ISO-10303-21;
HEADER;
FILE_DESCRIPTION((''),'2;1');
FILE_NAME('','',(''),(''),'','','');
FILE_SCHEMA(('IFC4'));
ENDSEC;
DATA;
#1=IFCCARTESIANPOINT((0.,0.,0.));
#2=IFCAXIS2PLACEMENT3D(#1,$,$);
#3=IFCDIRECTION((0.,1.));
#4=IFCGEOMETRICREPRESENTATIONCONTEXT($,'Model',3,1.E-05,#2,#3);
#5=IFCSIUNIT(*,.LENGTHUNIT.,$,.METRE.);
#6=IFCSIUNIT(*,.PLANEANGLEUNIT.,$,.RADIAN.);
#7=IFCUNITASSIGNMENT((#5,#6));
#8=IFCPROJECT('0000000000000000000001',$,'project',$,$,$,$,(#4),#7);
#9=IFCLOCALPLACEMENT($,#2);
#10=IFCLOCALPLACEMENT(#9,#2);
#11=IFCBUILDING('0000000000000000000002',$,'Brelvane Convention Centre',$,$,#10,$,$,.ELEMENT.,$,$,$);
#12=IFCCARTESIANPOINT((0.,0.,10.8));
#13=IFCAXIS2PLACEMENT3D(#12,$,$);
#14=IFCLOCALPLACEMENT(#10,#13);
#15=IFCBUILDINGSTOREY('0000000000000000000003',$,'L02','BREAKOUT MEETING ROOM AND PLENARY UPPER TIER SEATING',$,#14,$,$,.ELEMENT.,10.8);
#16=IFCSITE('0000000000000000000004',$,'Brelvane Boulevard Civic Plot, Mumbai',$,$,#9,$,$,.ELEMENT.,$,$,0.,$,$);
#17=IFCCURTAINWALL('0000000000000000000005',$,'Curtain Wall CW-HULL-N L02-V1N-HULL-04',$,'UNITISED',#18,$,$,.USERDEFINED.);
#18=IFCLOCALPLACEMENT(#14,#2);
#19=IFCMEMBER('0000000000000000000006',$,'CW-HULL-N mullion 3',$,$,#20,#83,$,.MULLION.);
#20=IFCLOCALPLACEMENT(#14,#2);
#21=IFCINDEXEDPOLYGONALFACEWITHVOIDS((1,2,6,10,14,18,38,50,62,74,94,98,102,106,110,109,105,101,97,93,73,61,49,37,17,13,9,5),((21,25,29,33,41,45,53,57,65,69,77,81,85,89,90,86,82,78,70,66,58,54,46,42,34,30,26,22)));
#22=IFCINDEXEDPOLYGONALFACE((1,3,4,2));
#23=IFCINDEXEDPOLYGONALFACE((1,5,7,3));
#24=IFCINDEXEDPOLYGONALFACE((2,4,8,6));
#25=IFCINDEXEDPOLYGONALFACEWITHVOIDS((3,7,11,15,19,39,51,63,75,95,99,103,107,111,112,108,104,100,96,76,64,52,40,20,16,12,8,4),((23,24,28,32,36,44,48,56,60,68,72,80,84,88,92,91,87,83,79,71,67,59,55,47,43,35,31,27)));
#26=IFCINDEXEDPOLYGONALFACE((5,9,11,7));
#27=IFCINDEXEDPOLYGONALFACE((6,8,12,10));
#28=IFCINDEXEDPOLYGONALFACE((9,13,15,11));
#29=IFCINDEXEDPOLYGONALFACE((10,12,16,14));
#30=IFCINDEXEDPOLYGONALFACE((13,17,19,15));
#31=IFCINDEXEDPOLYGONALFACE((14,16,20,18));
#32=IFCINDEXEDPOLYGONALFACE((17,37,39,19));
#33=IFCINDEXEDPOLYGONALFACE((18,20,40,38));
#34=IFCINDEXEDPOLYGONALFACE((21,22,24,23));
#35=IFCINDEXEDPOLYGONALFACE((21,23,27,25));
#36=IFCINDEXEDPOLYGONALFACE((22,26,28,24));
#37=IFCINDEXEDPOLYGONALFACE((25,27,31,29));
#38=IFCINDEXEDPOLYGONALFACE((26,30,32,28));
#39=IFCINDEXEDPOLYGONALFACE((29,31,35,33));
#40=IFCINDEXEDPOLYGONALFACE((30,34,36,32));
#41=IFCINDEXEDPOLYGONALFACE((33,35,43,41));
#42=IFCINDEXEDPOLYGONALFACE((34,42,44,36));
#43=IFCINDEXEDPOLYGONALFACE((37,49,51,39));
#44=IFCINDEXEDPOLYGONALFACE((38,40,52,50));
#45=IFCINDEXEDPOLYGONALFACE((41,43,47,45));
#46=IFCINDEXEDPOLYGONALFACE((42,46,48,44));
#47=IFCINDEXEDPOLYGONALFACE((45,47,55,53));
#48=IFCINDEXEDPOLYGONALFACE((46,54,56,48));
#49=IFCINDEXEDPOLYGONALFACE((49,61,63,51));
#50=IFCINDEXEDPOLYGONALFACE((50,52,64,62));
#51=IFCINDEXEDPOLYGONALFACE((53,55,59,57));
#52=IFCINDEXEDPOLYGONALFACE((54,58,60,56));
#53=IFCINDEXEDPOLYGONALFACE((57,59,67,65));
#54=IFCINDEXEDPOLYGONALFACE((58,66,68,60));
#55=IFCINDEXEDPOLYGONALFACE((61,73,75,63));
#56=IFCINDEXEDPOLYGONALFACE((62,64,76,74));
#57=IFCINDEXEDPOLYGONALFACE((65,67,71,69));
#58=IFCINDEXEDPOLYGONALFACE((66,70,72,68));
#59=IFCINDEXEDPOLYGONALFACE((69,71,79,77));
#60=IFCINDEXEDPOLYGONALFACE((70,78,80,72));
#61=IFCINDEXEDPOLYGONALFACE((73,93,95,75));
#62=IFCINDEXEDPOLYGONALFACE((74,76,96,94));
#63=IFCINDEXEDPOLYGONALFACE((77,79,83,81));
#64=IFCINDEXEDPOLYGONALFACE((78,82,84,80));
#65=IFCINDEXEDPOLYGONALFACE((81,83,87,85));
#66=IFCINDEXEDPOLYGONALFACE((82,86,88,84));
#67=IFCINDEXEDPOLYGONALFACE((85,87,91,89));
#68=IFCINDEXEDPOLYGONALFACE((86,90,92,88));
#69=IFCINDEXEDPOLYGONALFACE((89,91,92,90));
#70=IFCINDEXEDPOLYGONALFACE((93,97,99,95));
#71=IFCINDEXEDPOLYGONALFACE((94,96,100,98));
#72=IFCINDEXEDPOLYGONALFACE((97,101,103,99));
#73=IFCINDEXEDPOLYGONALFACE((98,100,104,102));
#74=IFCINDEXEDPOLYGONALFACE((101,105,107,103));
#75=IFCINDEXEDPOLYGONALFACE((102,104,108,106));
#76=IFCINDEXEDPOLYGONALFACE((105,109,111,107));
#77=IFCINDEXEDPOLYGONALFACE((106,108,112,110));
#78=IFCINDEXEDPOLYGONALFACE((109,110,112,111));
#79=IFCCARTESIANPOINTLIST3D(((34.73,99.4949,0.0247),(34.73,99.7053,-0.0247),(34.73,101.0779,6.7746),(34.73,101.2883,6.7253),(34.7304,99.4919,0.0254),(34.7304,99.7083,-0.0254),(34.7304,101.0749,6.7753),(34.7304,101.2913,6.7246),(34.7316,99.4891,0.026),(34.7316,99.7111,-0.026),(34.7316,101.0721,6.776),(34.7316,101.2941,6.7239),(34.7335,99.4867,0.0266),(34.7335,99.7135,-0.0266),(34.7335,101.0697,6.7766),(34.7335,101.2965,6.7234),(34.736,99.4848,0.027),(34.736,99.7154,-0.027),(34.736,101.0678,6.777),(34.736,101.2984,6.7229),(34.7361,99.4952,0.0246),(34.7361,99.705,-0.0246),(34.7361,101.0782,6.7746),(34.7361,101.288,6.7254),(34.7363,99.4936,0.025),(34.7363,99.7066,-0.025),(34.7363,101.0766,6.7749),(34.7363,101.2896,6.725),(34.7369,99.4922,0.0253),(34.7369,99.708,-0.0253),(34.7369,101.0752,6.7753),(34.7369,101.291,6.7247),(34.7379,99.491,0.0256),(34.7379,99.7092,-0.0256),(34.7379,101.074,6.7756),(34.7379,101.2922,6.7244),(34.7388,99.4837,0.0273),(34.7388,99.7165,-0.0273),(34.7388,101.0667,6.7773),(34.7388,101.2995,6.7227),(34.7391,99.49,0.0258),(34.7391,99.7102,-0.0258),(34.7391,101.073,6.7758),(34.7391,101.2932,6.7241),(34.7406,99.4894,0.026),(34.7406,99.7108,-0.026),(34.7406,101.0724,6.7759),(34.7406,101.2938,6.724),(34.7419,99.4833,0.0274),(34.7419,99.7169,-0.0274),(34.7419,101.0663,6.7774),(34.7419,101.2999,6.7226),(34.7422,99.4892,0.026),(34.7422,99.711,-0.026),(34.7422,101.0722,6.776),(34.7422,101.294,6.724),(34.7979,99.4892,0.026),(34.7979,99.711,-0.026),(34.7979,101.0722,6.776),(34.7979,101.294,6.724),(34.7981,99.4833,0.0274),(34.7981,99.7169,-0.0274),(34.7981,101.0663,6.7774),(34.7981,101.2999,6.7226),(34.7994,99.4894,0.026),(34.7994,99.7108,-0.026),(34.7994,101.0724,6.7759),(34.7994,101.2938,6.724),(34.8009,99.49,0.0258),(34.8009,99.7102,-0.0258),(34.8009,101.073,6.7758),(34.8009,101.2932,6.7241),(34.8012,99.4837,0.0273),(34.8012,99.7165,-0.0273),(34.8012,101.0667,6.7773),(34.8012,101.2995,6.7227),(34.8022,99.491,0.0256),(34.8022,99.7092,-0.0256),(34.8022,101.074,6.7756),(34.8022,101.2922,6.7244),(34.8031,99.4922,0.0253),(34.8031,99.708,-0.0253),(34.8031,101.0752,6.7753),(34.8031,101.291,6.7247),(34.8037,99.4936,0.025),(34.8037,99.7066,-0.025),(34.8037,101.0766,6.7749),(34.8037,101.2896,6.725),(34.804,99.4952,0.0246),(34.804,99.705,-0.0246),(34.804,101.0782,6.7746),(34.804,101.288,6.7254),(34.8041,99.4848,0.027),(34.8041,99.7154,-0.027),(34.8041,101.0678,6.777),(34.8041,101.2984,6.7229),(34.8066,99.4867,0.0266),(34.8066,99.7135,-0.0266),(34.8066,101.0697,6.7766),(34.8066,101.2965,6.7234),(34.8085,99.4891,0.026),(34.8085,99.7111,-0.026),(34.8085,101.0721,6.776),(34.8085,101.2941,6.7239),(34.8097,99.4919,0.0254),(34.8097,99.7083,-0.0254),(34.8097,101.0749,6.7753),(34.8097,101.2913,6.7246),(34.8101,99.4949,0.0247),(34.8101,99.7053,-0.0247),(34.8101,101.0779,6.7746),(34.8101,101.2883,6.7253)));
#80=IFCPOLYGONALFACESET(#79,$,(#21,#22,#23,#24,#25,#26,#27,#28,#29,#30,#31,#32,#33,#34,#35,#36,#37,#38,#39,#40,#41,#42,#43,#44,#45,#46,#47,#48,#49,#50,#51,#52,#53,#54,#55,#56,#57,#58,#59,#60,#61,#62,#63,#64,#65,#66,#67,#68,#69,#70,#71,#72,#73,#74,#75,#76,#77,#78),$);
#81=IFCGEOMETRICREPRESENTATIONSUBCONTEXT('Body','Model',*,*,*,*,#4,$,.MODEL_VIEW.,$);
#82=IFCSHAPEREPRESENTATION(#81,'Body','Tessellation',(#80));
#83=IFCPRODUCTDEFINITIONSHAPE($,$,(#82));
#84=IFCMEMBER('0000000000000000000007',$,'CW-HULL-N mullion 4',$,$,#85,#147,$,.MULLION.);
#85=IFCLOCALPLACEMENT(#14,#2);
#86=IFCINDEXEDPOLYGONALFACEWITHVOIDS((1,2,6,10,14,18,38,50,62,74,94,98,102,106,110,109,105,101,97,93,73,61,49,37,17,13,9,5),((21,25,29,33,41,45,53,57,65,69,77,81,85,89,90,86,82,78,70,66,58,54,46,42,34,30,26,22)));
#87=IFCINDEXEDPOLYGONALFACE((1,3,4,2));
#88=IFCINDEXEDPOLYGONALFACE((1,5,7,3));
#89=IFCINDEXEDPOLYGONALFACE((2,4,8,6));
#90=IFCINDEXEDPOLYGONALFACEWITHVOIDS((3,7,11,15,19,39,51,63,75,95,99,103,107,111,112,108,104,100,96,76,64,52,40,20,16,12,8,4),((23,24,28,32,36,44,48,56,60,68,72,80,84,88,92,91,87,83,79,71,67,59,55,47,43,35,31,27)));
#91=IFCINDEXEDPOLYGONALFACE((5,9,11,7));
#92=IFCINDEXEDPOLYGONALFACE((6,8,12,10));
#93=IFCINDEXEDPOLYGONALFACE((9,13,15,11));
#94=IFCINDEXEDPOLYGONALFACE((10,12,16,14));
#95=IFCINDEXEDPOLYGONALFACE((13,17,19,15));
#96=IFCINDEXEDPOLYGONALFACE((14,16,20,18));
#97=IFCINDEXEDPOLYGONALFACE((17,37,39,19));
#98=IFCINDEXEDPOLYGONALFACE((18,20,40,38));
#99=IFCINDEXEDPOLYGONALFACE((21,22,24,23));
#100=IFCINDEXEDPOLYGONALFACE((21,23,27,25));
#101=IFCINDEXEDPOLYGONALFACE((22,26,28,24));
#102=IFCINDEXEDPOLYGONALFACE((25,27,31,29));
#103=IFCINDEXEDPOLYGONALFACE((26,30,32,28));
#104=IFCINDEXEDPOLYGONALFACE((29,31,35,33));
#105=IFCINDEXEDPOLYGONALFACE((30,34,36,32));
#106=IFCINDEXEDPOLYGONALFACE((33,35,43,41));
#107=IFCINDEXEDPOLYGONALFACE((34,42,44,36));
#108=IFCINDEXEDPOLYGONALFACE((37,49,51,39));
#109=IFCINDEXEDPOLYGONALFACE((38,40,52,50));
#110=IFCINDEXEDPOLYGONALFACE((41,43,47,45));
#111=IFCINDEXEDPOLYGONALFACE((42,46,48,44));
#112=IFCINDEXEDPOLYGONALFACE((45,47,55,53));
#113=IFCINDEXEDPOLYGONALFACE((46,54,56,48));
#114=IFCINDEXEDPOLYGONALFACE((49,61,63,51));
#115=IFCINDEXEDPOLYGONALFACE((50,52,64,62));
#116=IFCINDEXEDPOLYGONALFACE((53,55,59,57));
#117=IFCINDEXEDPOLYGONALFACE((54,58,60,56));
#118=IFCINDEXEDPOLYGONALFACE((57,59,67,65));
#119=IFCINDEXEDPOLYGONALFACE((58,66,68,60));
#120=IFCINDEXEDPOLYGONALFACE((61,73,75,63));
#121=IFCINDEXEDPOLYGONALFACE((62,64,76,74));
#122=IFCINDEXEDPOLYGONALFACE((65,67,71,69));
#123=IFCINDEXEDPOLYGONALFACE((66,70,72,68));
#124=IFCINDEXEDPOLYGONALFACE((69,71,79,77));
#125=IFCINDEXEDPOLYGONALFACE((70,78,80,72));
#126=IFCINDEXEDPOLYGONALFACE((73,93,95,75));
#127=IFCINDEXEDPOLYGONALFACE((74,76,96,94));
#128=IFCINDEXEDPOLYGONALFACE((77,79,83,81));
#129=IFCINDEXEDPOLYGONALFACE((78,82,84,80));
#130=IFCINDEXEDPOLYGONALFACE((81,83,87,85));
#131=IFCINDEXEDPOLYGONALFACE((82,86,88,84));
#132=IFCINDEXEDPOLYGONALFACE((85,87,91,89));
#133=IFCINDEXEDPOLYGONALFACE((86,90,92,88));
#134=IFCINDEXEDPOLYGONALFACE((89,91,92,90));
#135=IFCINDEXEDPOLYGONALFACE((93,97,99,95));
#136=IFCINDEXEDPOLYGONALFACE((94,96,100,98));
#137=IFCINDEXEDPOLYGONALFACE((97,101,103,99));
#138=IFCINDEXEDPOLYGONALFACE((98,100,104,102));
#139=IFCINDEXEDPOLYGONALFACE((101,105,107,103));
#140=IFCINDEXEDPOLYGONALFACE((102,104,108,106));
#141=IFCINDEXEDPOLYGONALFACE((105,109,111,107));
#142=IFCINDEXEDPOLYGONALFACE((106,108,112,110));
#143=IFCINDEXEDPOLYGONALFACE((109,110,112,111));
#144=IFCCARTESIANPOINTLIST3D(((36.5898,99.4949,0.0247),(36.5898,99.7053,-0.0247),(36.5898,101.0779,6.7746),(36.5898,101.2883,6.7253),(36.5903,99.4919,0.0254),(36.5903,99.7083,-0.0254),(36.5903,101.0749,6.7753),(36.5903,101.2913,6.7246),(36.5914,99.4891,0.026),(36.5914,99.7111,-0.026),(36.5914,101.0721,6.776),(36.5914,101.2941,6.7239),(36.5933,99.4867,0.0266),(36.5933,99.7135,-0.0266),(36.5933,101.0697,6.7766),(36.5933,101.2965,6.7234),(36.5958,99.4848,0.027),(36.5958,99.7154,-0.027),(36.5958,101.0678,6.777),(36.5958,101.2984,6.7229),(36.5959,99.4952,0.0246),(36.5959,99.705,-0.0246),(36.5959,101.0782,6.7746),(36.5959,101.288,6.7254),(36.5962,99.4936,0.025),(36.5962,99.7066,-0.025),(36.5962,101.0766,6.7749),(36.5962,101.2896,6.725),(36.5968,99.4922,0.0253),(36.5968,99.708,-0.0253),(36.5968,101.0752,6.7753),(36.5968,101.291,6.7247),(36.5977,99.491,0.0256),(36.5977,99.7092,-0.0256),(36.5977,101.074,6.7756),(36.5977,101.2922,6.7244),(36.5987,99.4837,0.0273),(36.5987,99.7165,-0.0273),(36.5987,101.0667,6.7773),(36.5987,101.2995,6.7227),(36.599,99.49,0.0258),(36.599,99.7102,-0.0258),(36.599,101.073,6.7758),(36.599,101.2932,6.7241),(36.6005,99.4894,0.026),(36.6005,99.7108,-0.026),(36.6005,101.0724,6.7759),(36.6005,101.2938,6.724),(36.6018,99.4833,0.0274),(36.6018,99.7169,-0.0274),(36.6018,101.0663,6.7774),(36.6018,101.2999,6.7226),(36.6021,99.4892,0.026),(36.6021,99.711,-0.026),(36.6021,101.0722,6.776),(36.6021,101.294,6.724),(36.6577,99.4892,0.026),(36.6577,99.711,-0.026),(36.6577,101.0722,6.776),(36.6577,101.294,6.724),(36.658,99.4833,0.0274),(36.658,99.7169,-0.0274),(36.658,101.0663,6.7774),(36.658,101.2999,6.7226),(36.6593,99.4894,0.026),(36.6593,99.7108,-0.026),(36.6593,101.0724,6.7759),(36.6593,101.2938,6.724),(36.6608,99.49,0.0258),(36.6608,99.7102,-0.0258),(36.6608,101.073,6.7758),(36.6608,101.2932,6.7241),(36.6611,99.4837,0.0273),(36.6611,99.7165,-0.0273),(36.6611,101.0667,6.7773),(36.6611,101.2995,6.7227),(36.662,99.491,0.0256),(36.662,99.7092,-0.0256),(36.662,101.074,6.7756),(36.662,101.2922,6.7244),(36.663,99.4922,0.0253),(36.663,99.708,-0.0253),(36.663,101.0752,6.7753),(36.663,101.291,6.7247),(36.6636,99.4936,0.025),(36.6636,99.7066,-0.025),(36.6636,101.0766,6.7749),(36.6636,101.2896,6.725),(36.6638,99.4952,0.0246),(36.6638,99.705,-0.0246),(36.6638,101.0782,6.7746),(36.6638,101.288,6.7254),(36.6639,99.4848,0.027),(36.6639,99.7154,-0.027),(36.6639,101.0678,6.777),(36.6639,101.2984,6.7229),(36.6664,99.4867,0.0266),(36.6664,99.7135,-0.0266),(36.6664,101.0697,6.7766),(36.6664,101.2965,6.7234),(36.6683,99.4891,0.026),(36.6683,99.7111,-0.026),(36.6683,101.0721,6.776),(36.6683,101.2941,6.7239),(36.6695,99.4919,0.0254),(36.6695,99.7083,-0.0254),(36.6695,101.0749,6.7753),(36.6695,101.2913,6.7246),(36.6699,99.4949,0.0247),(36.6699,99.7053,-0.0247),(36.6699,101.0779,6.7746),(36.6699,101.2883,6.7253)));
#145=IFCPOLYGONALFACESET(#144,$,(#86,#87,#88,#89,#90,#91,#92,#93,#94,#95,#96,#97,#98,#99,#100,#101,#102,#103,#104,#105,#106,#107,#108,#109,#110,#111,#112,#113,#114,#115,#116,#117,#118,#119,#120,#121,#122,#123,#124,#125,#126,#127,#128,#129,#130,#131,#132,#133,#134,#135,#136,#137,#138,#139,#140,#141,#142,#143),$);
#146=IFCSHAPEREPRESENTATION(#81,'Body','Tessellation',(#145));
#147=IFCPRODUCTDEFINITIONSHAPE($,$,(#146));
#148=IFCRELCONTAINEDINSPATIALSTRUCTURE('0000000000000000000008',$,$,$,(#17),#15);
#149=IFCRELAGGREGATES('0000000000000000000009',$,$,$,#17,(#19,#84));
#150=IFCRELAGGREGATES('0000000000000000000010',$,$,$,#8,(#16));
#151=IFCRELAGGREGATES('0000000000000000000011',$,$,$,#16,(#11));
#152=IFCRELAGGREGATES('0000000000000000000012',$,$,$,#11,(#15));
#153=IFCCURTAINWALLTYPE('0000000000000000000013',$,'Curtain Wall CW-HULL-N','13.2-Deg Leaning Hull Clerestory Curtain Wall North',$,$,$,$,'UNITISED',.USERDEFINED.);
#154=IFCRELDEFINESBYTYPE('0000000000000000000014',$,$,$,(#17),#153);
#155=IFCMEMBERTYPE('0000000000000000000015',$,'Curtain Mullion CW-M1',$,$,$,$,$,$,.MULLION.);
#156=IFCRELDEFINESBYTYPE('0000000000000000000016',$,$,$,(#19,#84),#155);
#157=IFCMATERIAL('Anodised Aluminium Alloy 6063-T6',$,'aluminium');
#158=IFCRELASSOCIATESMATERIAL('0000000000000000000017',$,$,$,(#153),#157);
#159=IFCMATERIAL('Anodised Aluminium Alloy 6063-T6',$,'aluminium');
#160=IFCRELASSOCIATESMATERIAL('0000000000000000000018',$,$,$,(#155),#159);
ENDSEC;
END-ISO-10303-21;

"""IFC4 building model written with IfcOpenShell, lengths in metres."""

from ifc_helpers import new_model, si_unit, direction, frame, origin, origin_2d, place, context, subcontext, project, spatial, hollow_rectangle, extrude, material, material_profile, profile_set, type_object, element, aggregate, save


model = new_model("IFC4")

# Units and contexts
model_context = context("Model", 3, precision=1e-05, world=origin(), true_north=direction((0.0, 1.0)))
body_context = subcontext(model_context, "Body", "Model", "MODEL_VIEW")
ifc_project = project(units=[si_unit("LENGTHUNIT", "METRE"), si_unit("PLANEANGLEUNIT", "RADIAN")], contexts=[model_context])

# Site, building, storey
site_placement = place(None, origin())
site = spatial("IfcSite", under=ifc_project, at=site_placement, Name="Brelvane Boulevard Civic Plot, Mumbai", CompositionType="ELEMENT", RefElevation=0.0)
building_placement = place(site_placement, origin())
building = spatial("IfcBuilding", under=site, at=building_placement, Name="Brelvane Convention Centre", CompositionType="ELEMENT")
storey_placement = place(building_placement, frame((0.0, 0.0, 10.8)))
storey = spatial("IfcBuildingStorey", under=building, at=storey_placement, Name="L02", Description="BREAKOUT MEETING ROOM AND PLENARY UPPER TIER SEATING", CompositionType="ELEMENT", Elevation=10.8)

# Curtain wall, members
ifc_material_1 = material(Name="Anodised Aluminium Alloy 6063-T6", Category="aluminium")
curtain_wall_type = type_object("IfcCurtainWallType", Name="Curtain Wall CW-HULL-N", Description="13.2-Deg Leaning Hull Clerestory Curtain Wall North", ElementType="UNITISED", PredefinedType="USERDEFINED", material=ifc_material_1)
curtain_wall_placement = place(storey_placement, origin())
curtain_wall = element("IfcCurtainWall", 1, at=curtain_wall_placement, inside=storey, type_object=curtain_wall_type, Name="Curtain Wall CW-HULL-N L02-V1N-HULL-04", ObjectType="UNITISED", PredefinedType="USERDEFINED")
ifc_material_2 = material(Name="Anodised Aluminium Alloy 6063-T6", Category="aluminium")
ifc_material_profile_1 = material_profile(ifc_material_2, hollow_rectangle(XDim=0.0801, YDim=0.24, WallThickness=0.0061, InnerFilletRadius=0.0061, OuterFilletRadius=0.012, at=origin_2d()), Name="ALU-M 240x80x6.0")
ifc_profile_set_1 = profile_set([ifc_material_profile_1], Name="Anodised Aluminium Alloy 6063-T6")
member_type_1 = type_object("IfcMemberType", Name="Curtain Mullion CW-M1", PredefinedType="MULLION", material=ifc_profile_set_1)
member_1_placement = place(storey_placement, frame((34.77, 99.6001, 0.0), z_axis=(0.0, 0.228325, 0.973585), x_axis=(-1.0, 0.0, 0.0)))
member_1 = element("IfcMember", 2, at=member_1_placement, type_object=member_type_1, Name="CW-HULL-N mullion 3", PredefinedType="MULLION", context=body_context, shape_type="SweptSolid", body=[
    extrude(hollow_rectangle(XDim=0.0801, YDim=0.24, WallThickness=0.0061, InnerFilletRadius=0.0061, OuterFilletRadius=0.012, at=origin_2d()), origin(), (0.0, 0.0, 1.0), 6.9331),
])
member_2_placement = place(storey_placement, frame((36.6299, 99.6001, 0.0), z_axis=(0.0, 0.228325, 0.973585), x_axis=(-1.0, 0.0, 0.0)))
member_2 = element("IfcMember", 3, at=member_2_placement, type_object=member_type_1, Name="CW-HULL-N mullion 4", PredefinedType="MULLION", context=body_context, shape_type="SweptSolid", body=[
    extrude(hollow_rectangle(XDim=0.0801, YDim=0.24, WallThickness=0.0061, InnerFilletRadius=0.0061, OuterFilletRadius=0.012, at=origin_2d()), origin(), (0.0, 0.0, 1.0), 6.9331),
])

aggregate(curtain_wall, [member_1, member_2])

save(model, "model.ifc")
